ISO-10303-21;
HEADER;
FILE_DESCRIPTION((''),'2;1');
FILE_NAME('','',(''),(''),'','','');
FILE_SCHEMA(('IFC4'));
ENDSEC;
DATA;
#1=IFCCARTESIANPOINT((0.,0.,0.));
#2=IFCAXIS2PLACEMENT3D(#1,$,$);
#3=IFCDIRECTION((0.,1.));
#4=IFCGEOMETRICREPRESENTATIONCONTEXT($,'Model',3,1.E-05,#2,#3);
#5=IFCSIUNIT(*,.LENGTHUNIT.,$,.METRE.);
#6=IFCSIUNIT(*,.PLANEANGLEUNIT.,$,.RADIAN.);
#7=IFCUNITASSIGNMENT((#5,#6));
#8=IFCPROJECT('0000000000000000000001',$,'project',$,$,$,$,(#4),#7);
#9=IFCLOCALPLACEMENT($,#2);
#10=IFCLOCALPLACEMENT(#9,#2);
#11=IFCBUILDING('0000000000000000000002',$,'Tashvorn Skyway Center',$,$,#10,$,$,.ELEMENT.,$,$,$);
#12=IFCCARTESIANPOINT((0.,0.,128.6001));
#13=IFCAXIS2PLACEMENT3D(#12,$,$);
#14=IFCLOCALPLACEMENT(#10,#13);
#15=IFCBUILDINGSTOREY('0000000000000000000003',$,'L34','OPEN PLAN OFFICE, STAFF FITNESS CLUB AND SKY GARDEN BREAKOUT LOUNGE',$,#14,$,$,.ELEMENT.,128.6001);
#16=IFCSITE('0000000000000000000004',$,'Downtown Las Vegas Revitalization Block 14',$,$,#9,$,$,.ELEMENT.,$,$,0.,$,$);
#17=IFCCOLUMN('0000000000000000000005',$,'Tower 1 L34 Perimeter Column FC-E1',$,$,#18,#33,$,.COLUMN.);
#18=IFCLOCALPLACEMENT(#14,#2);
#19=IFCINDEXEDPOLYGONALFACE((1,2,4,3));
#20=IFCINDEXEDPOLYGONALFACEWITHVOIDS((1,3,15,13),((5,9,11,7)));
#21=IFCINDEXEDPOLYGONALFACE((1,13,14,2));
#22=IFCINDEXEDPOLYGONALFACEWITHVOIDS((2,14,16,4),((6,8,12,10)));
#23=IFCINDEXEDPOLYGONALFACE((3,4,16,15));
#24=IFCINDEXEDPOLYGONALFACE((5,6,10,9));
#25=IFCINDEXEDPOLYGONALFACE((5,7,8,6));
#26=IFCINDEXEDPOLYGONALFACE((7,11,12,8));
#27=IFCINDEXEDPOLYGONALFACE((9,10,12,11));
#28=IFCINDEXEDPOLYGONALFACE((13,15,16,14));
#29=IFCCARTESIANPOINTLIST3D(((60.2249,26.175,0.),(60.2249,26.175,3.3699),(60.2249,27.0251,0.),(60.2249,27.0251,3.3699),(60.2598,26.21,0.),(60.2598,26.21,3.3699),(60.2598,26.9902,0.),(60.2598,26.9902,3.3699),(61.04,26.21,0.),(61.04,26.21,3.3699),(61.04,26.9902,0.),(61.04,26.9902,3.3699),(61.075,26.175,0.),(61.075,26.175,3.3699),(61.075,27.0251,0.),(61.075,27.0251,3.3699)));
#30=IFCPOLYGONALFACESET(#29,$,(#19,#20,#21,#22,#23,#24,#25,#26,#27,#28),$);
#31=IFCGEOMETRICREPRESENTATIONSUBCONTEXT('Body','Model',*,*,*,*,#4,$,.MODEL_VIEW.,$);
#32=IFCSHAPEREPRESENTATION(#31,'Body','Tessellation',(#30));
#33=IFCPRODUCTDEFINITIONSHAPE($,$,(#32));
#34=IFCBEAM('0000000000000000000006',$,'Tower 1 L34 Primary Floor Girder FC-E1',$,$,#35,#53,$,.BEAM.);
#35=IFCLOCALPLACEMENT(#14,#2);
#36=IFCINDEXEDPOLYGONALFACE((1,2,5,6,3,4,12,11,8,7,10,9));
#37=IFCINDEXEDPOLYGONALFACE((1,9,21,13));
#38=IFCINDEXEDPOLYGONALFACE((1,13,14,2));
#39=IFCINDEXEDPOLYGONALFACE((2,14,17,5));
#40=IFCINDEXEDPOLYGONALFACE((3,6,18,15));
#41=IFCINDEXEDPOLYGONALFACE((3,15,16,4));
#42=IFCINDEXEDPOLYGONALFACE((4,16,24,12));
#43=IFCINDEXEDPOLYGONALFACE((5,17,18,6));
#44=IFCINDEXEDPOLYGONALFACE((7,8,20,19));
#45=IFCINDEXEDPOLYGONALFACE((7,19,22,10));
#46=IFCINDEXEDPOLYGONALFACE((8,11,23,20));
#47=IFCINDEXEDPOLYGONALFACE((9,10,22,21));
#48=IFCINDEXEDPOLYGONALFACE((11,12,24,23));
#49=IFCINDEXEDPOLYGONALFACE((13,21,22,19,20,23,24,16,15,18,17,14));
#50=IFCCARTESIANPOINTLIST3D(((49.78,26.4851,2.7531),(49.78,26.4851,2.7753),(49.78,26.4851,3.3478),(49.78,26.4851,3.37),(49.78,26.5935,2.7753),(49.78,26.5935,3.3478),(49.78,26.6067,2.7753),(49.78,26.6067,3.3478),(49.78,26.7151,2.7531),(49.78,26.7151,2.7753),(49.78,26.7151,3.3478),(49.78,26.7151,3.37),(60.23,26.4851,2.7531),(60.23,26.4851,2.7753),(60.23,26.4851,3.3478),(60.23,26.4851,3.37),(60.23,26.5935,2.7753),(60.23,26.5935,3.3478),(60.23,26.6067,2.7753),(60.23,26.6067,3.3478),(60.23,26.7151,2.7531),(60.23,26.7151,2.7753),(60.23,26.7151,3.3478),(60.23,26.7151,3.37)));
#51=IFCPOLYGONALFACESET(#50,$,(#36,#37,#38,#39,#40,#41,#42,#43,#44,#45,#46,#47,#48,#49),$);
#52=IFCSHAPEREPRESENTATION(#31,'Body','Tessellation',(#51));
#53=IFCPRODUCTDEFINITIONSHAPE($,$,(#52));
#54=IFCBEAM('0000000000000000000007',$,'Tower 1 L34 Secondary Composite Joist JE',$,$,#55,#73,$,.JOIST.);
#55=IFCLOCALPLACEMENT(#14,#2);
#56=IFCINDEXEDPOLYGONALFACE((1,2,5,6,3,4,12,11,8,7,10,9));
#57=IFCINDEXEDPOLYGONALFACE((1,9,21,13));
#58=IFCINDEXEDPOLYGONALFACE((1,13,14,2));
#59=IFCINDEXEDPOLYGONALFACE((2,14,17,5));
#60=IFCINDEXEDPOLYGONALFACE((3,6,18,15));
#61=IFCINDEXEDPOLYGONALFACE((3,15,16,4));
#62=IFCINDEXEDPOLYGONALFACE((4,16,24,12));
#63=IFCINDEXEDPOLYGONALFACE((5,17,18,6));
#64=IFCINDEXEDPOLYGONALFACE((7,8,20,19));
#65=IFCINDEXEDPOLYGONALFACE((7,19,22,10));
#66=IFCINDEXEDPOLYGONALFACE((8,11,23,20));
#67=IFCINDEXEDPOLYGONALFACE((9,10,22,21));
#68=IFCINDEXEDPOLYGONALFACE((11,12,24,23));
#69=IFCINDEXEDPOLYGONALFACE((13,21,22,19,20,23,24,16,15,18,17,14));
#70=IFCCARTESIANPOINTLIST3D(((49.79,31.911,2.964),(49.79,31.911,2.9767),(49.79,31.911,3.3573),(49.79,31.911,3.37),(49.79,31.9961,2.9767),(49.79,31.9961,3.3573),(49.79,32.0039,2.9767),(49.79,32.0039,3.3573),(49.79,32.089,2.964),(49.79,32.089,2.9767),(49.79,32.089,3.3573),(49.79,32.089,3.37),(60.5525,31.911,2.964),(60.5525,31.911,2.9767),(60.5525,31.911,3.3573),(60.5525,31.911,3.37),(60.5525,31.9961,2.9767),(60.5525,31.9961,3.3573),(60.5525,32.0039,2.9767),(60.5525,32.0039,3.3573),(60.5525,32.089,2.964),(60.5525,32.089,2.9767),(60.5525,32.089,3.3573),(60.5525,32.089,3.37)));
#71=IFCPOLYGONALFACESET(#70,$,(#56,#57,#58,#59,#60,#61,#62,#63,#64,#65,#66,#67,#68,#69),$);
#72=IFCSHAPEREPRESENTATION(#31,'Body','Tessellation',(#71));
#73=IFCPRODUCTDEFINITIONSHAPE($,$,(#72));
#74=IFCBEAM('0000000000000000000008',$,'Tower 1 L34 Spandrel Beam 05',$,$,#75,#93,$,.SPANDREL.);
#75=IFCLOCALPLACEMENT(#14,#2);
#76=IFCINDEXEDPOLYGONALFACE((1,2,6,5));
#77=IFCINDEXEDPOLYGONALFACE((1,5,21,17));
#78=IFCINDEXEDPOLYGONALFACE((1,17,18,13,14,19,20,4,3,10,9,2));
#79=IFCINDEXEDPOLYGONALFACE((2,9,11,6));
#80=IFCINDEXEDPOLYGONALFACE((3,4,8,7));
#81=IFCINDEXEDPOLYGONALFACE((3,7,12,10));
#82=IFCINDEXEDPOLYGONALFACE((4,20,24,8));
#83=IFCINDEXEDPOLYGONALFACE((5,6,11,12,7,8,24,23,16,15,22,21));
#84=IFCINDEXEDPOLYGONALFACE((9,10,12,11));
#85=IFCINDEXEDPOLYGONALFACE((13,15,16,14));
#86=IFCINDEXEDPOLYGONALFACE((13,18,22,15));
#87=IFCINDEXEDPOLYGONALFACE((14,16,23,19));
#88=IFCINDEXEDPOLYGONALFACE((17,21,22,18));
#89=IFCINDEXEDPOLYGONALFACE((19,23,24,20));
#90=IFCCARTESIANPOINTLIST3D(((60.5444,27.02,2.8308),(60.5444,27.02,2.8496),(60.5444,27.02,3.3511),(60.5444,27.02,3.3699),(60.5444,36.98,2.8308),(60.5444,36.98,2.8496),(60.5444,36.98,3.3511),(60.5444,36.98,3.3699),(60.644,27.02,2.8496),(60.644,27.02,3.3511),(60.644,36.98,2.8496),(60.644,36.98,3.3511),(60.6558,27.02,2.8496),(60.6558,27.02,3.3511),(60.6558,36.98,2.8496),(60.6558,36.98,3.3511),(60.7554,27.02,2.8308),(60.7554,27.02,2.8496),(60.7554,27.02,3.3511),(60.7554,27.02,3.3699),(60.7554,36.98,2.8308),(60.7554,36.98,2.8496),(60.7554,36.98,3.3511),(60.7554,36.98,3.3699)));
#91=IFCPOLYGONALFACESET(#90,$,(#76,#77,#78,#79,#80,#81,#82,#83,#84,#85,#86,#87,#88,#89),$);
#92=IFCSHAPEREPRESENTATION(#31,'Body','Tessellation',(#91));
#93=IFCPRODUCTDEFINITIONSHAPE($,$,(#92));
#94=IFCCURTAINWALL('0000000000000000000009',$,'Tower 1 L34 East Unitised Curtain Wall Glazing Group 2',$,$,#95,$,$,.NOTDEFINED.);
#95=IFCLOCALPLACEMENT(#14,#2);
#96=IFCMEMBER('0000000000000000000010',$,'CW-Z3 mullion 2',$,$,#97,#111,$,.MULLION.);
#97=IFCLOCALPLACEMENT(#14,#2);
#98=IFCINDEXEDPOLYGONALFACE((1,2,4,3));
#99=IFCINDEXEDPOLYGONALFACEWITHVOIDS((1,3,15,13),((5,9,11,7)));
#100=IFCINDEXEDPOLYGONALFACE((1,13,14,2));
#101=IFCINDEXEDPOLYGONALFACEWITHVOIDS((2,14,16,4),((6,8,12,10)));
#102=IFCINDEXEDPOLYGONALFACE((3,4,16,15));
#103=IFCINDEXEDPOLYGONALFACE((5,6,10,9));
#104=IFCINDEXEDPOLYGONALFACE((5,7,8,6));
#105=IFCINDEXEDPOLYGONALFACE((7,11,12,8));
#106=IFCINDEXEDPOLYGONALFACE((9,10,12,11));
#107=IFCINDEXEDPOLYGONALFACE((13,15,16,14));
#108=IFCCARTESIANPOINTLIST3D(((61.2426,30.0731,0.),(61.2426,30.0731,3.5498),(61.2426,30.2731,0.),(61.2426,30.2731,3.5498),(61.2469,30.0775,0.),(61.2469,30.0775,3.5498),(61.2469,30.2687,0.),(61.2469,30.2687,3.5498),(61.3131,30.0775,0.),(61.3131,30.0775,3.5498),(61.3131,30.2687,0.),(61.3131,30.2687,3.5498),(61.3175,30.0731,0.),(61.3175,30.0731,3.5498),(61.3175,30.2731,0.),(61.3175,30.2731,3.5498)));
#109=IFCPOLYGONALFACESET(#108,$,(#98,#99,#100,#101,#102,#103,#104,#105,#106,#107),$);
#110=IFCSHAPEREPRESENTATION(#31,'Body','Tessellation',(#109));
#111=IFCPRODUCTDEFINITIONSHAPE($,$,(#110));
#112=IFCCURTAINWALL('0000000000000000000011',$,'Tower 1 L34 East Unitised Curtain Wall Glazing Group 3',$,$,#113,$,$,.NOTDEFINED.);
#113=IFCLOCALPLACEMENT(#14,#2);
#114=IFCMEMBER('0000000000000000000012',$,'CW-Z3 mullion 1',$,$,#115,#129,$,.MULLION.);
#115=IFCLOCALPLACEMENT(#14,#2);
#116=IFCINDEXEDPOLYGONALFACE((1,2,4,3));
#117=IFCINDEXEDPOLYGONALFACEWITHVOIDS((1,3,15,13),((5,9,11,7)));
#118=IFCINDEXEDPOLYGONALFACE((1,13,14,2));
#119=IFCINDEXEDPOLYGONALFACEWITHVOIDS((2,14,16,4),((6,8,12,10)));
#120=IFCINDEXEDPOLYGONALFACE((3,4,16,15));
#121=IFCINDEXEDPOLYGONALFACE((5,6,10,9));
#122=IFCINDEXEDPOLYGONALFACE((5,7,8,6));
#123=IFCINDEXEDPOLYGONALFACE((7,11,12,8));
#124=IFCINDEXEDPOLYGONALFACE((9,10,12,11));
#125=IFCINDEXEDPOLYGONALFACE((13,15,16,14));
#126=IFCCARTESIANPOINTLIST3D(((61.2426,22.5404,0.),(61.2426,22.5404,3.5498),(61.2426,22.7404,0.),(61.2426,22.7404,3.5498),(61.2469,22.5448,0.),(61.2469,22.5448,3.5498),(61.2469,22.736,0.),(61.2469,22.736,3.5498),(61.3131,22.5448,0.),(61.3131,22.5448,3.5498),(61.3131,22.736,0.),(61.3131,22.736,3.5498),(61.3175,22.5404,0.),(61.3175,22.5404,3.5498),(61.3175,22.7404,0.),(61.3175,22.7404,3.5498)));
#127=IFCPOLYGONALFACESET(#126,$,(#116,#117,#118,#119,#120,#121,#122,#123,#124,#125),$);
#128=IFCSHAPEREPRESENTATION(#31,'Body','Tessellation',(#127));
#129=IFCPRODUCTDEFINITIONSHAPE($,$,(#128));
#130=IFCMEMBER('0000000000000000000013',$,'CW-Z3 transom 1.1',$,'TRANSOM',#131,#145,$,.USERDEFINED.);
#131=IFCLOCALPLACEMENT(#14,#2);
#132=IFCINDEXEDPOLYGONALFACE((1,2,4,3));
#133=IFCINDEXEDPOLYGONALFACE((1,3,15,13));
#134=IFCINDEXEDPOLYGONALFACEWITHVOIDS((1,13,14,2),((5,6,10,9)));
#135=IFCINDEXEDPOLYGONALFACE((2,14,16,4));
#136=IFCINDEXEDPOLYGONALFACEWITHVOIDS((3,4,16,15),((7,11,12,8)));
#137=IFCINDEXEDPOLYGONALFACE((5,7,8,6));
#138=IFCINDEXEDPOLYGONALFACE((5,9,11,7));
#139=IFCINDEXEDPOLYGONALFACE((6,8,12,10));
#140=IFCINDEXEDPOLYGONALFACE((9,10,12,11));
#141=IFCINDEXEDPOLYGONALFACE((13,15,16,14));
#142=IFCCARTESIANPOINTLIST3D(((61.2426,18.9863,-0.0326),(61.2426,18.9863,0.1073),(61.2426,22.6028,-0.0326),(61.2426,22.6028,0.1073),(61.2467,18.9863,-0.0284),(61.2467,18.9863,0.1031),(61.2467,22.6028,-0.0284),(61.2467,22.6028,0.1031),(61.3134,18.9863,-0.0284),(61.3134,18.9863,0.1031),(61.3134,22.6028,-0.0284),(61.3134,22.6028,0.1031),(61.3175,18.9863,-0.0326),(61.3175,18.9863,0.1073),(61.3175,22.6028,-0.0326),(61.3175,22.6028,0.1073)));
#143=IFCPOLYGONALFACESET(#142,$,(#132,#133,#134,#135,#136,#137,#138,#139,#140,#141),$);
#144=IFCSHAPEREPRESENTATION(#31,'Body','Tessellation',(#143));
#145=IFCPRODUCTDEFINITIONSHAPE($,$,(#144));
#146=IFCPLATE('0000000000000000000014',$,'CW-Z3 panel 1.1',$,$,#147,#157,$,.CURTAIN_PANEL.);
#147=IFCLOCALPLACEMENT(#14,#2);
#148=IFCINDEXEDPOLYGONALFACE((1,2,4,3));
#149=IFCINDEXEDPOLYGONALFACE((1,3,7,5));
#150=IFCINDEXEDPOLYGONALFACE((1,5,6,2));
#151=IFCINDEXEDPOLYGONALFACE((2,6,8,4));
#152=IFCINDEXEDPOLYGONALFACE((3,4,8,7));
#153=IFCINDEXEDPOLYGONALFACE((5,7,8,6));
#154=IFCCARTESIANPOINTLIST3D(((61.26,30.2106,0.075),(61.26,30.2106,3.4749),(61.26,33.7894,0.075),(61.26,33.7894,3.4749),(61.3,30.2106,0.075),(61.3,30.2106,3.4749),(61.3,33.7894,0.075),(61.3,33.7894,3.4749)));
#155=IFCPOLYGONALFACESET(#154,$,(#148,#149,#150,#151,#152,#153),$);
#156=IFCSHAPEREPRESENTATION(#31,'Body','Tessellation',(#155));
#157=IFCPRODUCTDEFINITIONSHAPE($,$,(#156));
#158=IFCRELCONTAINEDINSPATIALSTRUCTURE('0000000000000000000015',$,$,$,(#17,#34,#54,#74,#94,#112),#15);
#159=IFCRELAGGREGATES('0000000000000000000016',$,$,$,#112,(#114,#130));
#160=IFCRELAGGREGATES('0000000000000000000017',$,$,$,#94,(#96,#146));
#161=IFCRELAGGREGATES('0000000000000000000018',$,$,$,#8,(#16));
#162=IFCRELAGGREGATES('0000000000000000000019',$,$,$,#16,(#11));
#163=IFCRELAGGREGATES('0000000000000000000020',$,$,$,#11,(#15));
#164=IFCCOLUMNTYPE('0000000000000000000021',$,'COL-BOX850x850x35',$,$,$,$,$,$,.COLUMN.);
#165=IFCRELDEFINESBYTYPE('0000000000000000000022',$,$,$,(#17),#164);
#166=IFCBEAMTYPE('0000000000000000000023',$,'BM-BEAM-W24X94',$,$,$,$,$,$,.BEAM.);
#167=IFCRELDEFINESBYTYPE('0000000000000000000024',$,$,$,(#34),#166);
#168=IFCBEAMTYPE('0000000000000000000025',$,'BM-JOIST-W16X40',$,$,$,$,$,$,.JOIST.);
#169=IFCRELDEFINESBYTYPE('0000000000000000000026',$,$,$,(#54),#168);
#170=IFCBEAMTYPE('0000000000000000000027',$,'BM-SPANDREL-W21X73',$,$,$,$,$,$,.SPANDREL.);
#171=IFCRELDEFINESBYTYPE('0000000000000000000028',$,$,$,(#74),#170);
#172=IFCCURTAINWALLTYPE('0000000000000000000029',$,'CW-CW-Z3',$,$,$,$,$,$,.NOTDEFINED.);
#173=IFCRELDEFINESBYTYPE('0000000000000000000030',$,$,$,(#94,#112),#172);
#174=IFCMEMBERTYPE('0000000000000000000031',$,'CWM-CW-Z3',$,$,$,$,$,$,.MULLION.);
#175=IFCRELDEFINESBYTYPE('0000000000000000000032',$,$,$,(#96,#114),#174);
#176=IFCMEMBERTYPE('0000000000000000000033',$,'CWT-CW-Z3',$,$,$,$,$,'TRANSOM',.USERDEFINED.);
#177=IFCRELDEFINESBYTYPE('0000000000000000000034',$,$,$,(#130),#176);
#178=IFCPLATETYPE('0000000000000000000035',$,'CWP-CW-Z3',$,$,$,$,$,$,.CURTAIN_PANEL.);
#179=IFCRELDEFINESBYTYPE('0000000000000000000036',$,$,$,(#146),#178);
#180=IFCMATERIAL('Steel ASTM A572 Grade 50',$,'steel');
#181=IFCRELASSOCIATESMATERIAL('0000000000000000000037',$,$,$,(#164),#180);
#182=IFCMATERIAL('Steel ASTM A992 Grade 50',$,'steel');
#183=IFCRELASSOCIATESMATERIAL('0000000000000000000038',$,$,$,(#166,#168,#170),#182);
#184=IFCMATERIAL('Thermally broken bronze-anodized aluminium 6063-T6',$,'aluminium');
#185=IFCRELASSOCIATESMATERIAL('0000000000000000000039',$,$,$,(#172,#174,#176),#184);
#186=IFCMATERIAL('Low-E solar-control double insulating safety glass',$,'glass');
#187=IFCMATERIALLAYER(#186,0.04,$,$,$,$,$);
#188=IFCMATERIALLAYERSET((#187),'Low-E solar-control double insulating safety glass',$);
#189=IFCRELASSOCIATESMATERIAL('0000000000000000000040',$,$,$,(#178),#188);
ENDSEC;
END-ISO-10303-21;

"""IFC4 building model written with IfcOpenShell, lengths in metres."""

from ifc_helpers import new_model, si_unit, direction, frame, origin, origin_2d, place, context, subcontext, project, spatial, rectangle, hollow_rectangle, i_section, extrude, material, layer, layer_set, material_profile, profile_set, type_object, element, aggregate, save


model = new_model("IFC4")

# Units and contexts
model_context = context("Model", 3, precision=1e-05, world=origin(), true_north=direction((0.0, 1.0)))
body_context = subcontext(model_context, "Body", "Model", "MODEL_VIEW")
ifc_project = project(units=[si_unit("LENGTHUNIT", "METRE"), si_unit("PLANEANGLEUNIT", "RADIAN")], contexts=[model_context])

# Site, building, storey
site_placement = place(None, origin())
site = spatial("IfcSite", under=ifc_project, at=site_placement, Name="Downtown Las Vegas Revitalization Block 14", CompositionType="ELEMENT", RefElevation=0.0)
building_placement = place(site_placement, origin())
building = spatial("IfcBuilding", under=site, at=building_placement, Name="Tashvorn Skyway Center", CompositionType="ELEMENT")
storey_placement = place(building_placement, frame((0.0, 0.0, 128.6001)))
storey = spatial("IfcBuildingStorey", under=building, at=storey_placement, Name="L34", Description="OPEN PLAN OFFICE, STAFF FITNESS CLUB AND SKY GARDEN BREAKOUT LOUNGE", CompositionType="ELEMENT", Elevation=128.6001)

# Column
ifc_material_1 = material(Name="Steel ASTM A572 Grade 50", Category="steel")
ifc_material_profile_1 = material_profile(ifc_material_1, hollow_rectangle(XDim=0.8501, YDim=0.8501, WallThickness=0.0349, at=origin_2d()), Name="BOX850x850x35")
ifc_profile_set_1 = profile_set([ifc_material_profile_1], Name="Steel ASTM A572 Grade 50")
column_type = type_object("IfcColumnType", Name="COL-BOX850x850x35", PredefinedType="COLUMN", material=ifc_profile_set_1)
column_placement = place(storey_placement, frame((60.6499, 26.6001, 0.0), z_axis=(0.0, 0.0, 1.0), x_axis=(1.0, 0.0, 0.0)))
element("IfcColumn", 1, at=column_placement, inside=storey, type_object=column_type, Name="Tower 1 L34 Perimeter Column FC-E1", PredefinedType="COLUMN", context=body_context, shape_type="SweptSolid", body=[
    extrude(hollow_rectangle(XDim=0.8501, YDim=0.8501, WallThickness=0.0349, at=origin_2d()), origin(), (0.0, 0.0, 1.0), 3.3699),
])

# Beams
ifc_material_2 = material(Name="Steel ASTM A992 Grade 50", Category="steel")
ifc_material_profile_2 = material_profile(ifc_material_2, i_section(OverallWidth=0.23, OverallDepth=0.6169, WebThickness=0.0132, FlangeThickness=0.0222, at=origin_2d()), Name="W24X94")
ifc_profile_set_2 = profile_set([ifc_material_profile_2], Name="Steel ASTM A992 Grade 50")
beam_type_1 = type_object("IfcBeamType", Name="BM-BEAM-W24X94", PredefinedType="BEAM", material=ifc_profile_set_2)
beam_1_placement = place(storey_placement, frame((60.23, 26.6001, 3.0615), z_axis=(-1.0, 0.0, 0.0), x_axis=(0.0, -1.0, 0.0)))
element("IfcBeam", 2, at=beam_1_placement, inside=storey, type_object=beam_type_1, Name="Tower 1 L34 Primary Floor Girder FC-E1", PredefinedType="BEAM", context=body_context, shape_type="SweptSolid", body=[
    extrude(i_section(OverallWidth=0.23, OverallDepth=0.6169, WebThickness=0.0132, FlangeThickness=0.0222, at=origin_2d()), origin(), (0.0, 0.0, 1.0), 10.45),
])
ifc_material_profile_3 = material_profile(ifc_material_2, i_section(OverallWidth=0.178, OverallDepth=0.406, WebThickness=0.0078, FlangeThickness=0.0127, at=origin_2d()), Name="W16X40")
ifc_profile_set_3 = profile_set([ifc_material_profile_3], Name="Steel ASTM A992 Grade 50")
beam_type_2 = type_object("IfcBeamType", Name="BM-JOIST-W16X40", PredefinedType="JOIST", material=ifc_profile_set_3)
beam_2_placement = place(storey_placement, frame((49.79, 32.0, 3.167), z_axis=(1.0, 0.0, 0.0), x_axis=(0.0, 1.0, 0.0)))
element("IfcBeam", 3, at=beam_2_placement, inside=storey, type_object=beam_type_2, Name="Tower 1 L34 Secondary Composite Joist JE", PredefinedType="JOIST", context=body_context, shape_type="SweptSolid", body=[
    extrude(i_section(OverallWidth=0.178, OverallDepth=0.406, WebThickness=0.0078, FlangeThickness=0.0127, at=origin_2d()), origin(), (0.0, 0.0, 1.0), 10.7625),
])
ifc_material_profile_4 = material_profile(ifc_material_2, i_section(OverallWidth=0.2109, OverallDepth=0.5391, WebThickness=0.0117, FlangeThickness=0.0188, at=origin_2d()), Name="W21X73")
ifc_profile_set_4 = profile_set([ifc_material_profile_4], Name="Steel ASTM A992 Grade 50")
beam_type_3 = type_object("IfcBeamType", Name="BM-SPANDREL-W21X73", PredefinedType="SPANDREL", material=ifc_profile_set_4)
beam_3_placement = place(storey_placement, frame((60.6499, 27.02, 3.1003), z_axis=(0.0, 1.0, 0.0), x_axis=(-1.0, 0.0, 0.0)))
element("IfcBeam", 4, at=beam_3_placement, inside=storey, type_object=beam_type_3, Name="Tower 1 L34 Spandrel Beam 05", PredefinedType="SPANDREL", context=body_context, shape_type="SweptSolid", body=[
    extrude(i_section(OverallWidth=0.2109, OverallDepth=0.5391, WebThickness=0.0117, FlangeThickness=0.0188, at=origin_2d()), origin(), (0.0, 0.0, 1.0), 9.96),
])

# Curtain wall, member
ifc_material_3 = material(Name="Thermally broken bronze-anodized aluminium 6063-T6", Category="aluminium")
curtain_wall_type = type_object("IfcCurtainWallType", Name="CW-CW-Z3", PredefinedType="NOTDEFINED", material=ifc_material_3)
curtain_wall_1_placement = place(storey_placement, origin())
curtain_wall_1 = element("IfcCurtainWall", 5, at=curtain_wall_1_placement, inside=storey, type_object=curtain_wall_type, Name="Tower 1 L34 East Unitised Curtain Wall Glazing Group 2", PredefinedType="NOTDEFINED")
ifc_material_profile_5 = material_profile(ifc_material_3, hollow_rectangle(XDim=0.075, YDim=0.2, WallThickness=0.0044, at=origin_2d()), Name="ALU-MULL-75x200")
ifc_profile_set_5 = profile_set([ifc_material_profile_5], Name="Thermally broken bronze-anodized aluminium 6063-T6")
member_type_1 = type_object("IfcMemberType", Name="CWM-CW-Z3", PredefinedType="MULLION", material=ifc_profile_set_5)
member_1_placement = place(storey_placement, frame((61.28, 30.1731, 0.0), z_axis=(0.0, 0.0, 1.0), x_axis=(1.0, 0.0, 0.0)))
member_1 = element("IfcMember", 6, at=member_1_placement, type_object=member_type_1, Name="CW-Z3 mullion 2", PredefinedType="MULLION", context=body_context, shape_type="SweptSolid", body=[
    extrude(hollow_rectangle(XDim=0.075, YDim=0.2, WallThickness=0.0044, at=origin_2d()), origin(), (0.0, 0.0, 1.0), 3.5498),
])

# Curtain wall, members
curtain_wall_2_placement = place(storey_placement, origin())
curtain_wall_2 = element("IfcCurtainWall", 7, at=curtain_wall_2_placement, inside=storey, type_object=curtain_wall_type, Name="Tower 1 L34 East Unitised Curtain Wall Glazing Group 3", PredefinedType="NOTDEFINED")
member_2_placement = place(storey_placement, frame((61.28, 22.6404, 0.0), z_axis=(0.0, 0.0, 1.0), x_axis=(1.0, 0.0, 0.0)))
member_2 = element("IfcMember", 8, at=member_2_placement, type_object=member_type_1, Name="CW-Z3 mullion 1", PredefinedType="MULLION", context=body_context, shape_type="SweptSolid", body=[
    extrude(hollow_rectangle(XDim=0.075, YDim=0.2, WallThickness=0.0044, at=origin_2d()), origin(), (0.0, 0.0, 1.0), 3.5498),
])
ifc_material_profile_6 = material_profile(ifc_material_3, hollow_rectangle(XDim=0.075, YDim=0.1399, WallThickness=0.0042, at=origin_2d()), Name="ALU-TRAN-75x140")
ifc_profile_set_6 = profile_set([ifc_material_profile_6], Name="Thermally broken bronze-anodized aluminium 6063-T6")
member_type_2 = type_object("IfcMemberType", Name="CWT-CW-Z3", ElementType="TRANSOM", PredefinedType="USERDEFINED", material=ifc_profile_set_6)
member_3_placement = place(storey_placement, frame((61.28, 22.6028, 0.0374), z_axis=(0.0, -1.0, 0.0), x_axis=(1.0, 0.0, 0.0)))
member_3 = element("IfcMember", 9, at=member_3_placement, type_object=member_type_2, Name="CW-Z3 transom 1.1", ObjectType="TRANSOM", PredefinedType="USERDEFINED", context=body_context, shape_type="SweptSolid", body=[
    extrude(hollow_rectangle(XDim=0.075, YDim=0.1399, WallThickness=0.0042, at=origin_2d()), origin(), (0.0, 0.0, 1.0), 3.6165),
])
aggregate(curtain_wall_2, [member_2, member_3])

# Plate
ifc_material_4 = material(Name="Low-E solar-control double insulating safety glass", Category="glass")
ifc_layer_1 = layer(ifc_material_4, 0.04)
ifc_layer_set_1 = layer_set([ifc_layer_1], Name="Low-E solar-control double insulating safety glass")
plate_type = type_object("IfcPlateType", Name="CWP-CW-Z3", PredefinedType="CURTAIN_PANEL", material=ifc_layer_set_1)
plate_placement = place(storey_placement, frame((61.28, 32.0, 0.075), z_axis=(0.0, 0.0, 1.0), x_axis=(0.0, -1.0, 0.0)))
plate = element("IfcPlate", 10, at=plate_placement, type_object=plate_type, Name="CW-Z3 panel 1.1", PredefinedType="CURTAIN_PANEL", context=body_context, shape_type="SweptSolid", body=[
    extrude(rectangle(XDim=3.5789, YDim=0.04, at=origin_2d()), origin(), (0.0, 0.0, 1.0), 3.3999),
])
aggregate(curtain_wall_1, [member_1, plate])

save(model, "model.ifc")
